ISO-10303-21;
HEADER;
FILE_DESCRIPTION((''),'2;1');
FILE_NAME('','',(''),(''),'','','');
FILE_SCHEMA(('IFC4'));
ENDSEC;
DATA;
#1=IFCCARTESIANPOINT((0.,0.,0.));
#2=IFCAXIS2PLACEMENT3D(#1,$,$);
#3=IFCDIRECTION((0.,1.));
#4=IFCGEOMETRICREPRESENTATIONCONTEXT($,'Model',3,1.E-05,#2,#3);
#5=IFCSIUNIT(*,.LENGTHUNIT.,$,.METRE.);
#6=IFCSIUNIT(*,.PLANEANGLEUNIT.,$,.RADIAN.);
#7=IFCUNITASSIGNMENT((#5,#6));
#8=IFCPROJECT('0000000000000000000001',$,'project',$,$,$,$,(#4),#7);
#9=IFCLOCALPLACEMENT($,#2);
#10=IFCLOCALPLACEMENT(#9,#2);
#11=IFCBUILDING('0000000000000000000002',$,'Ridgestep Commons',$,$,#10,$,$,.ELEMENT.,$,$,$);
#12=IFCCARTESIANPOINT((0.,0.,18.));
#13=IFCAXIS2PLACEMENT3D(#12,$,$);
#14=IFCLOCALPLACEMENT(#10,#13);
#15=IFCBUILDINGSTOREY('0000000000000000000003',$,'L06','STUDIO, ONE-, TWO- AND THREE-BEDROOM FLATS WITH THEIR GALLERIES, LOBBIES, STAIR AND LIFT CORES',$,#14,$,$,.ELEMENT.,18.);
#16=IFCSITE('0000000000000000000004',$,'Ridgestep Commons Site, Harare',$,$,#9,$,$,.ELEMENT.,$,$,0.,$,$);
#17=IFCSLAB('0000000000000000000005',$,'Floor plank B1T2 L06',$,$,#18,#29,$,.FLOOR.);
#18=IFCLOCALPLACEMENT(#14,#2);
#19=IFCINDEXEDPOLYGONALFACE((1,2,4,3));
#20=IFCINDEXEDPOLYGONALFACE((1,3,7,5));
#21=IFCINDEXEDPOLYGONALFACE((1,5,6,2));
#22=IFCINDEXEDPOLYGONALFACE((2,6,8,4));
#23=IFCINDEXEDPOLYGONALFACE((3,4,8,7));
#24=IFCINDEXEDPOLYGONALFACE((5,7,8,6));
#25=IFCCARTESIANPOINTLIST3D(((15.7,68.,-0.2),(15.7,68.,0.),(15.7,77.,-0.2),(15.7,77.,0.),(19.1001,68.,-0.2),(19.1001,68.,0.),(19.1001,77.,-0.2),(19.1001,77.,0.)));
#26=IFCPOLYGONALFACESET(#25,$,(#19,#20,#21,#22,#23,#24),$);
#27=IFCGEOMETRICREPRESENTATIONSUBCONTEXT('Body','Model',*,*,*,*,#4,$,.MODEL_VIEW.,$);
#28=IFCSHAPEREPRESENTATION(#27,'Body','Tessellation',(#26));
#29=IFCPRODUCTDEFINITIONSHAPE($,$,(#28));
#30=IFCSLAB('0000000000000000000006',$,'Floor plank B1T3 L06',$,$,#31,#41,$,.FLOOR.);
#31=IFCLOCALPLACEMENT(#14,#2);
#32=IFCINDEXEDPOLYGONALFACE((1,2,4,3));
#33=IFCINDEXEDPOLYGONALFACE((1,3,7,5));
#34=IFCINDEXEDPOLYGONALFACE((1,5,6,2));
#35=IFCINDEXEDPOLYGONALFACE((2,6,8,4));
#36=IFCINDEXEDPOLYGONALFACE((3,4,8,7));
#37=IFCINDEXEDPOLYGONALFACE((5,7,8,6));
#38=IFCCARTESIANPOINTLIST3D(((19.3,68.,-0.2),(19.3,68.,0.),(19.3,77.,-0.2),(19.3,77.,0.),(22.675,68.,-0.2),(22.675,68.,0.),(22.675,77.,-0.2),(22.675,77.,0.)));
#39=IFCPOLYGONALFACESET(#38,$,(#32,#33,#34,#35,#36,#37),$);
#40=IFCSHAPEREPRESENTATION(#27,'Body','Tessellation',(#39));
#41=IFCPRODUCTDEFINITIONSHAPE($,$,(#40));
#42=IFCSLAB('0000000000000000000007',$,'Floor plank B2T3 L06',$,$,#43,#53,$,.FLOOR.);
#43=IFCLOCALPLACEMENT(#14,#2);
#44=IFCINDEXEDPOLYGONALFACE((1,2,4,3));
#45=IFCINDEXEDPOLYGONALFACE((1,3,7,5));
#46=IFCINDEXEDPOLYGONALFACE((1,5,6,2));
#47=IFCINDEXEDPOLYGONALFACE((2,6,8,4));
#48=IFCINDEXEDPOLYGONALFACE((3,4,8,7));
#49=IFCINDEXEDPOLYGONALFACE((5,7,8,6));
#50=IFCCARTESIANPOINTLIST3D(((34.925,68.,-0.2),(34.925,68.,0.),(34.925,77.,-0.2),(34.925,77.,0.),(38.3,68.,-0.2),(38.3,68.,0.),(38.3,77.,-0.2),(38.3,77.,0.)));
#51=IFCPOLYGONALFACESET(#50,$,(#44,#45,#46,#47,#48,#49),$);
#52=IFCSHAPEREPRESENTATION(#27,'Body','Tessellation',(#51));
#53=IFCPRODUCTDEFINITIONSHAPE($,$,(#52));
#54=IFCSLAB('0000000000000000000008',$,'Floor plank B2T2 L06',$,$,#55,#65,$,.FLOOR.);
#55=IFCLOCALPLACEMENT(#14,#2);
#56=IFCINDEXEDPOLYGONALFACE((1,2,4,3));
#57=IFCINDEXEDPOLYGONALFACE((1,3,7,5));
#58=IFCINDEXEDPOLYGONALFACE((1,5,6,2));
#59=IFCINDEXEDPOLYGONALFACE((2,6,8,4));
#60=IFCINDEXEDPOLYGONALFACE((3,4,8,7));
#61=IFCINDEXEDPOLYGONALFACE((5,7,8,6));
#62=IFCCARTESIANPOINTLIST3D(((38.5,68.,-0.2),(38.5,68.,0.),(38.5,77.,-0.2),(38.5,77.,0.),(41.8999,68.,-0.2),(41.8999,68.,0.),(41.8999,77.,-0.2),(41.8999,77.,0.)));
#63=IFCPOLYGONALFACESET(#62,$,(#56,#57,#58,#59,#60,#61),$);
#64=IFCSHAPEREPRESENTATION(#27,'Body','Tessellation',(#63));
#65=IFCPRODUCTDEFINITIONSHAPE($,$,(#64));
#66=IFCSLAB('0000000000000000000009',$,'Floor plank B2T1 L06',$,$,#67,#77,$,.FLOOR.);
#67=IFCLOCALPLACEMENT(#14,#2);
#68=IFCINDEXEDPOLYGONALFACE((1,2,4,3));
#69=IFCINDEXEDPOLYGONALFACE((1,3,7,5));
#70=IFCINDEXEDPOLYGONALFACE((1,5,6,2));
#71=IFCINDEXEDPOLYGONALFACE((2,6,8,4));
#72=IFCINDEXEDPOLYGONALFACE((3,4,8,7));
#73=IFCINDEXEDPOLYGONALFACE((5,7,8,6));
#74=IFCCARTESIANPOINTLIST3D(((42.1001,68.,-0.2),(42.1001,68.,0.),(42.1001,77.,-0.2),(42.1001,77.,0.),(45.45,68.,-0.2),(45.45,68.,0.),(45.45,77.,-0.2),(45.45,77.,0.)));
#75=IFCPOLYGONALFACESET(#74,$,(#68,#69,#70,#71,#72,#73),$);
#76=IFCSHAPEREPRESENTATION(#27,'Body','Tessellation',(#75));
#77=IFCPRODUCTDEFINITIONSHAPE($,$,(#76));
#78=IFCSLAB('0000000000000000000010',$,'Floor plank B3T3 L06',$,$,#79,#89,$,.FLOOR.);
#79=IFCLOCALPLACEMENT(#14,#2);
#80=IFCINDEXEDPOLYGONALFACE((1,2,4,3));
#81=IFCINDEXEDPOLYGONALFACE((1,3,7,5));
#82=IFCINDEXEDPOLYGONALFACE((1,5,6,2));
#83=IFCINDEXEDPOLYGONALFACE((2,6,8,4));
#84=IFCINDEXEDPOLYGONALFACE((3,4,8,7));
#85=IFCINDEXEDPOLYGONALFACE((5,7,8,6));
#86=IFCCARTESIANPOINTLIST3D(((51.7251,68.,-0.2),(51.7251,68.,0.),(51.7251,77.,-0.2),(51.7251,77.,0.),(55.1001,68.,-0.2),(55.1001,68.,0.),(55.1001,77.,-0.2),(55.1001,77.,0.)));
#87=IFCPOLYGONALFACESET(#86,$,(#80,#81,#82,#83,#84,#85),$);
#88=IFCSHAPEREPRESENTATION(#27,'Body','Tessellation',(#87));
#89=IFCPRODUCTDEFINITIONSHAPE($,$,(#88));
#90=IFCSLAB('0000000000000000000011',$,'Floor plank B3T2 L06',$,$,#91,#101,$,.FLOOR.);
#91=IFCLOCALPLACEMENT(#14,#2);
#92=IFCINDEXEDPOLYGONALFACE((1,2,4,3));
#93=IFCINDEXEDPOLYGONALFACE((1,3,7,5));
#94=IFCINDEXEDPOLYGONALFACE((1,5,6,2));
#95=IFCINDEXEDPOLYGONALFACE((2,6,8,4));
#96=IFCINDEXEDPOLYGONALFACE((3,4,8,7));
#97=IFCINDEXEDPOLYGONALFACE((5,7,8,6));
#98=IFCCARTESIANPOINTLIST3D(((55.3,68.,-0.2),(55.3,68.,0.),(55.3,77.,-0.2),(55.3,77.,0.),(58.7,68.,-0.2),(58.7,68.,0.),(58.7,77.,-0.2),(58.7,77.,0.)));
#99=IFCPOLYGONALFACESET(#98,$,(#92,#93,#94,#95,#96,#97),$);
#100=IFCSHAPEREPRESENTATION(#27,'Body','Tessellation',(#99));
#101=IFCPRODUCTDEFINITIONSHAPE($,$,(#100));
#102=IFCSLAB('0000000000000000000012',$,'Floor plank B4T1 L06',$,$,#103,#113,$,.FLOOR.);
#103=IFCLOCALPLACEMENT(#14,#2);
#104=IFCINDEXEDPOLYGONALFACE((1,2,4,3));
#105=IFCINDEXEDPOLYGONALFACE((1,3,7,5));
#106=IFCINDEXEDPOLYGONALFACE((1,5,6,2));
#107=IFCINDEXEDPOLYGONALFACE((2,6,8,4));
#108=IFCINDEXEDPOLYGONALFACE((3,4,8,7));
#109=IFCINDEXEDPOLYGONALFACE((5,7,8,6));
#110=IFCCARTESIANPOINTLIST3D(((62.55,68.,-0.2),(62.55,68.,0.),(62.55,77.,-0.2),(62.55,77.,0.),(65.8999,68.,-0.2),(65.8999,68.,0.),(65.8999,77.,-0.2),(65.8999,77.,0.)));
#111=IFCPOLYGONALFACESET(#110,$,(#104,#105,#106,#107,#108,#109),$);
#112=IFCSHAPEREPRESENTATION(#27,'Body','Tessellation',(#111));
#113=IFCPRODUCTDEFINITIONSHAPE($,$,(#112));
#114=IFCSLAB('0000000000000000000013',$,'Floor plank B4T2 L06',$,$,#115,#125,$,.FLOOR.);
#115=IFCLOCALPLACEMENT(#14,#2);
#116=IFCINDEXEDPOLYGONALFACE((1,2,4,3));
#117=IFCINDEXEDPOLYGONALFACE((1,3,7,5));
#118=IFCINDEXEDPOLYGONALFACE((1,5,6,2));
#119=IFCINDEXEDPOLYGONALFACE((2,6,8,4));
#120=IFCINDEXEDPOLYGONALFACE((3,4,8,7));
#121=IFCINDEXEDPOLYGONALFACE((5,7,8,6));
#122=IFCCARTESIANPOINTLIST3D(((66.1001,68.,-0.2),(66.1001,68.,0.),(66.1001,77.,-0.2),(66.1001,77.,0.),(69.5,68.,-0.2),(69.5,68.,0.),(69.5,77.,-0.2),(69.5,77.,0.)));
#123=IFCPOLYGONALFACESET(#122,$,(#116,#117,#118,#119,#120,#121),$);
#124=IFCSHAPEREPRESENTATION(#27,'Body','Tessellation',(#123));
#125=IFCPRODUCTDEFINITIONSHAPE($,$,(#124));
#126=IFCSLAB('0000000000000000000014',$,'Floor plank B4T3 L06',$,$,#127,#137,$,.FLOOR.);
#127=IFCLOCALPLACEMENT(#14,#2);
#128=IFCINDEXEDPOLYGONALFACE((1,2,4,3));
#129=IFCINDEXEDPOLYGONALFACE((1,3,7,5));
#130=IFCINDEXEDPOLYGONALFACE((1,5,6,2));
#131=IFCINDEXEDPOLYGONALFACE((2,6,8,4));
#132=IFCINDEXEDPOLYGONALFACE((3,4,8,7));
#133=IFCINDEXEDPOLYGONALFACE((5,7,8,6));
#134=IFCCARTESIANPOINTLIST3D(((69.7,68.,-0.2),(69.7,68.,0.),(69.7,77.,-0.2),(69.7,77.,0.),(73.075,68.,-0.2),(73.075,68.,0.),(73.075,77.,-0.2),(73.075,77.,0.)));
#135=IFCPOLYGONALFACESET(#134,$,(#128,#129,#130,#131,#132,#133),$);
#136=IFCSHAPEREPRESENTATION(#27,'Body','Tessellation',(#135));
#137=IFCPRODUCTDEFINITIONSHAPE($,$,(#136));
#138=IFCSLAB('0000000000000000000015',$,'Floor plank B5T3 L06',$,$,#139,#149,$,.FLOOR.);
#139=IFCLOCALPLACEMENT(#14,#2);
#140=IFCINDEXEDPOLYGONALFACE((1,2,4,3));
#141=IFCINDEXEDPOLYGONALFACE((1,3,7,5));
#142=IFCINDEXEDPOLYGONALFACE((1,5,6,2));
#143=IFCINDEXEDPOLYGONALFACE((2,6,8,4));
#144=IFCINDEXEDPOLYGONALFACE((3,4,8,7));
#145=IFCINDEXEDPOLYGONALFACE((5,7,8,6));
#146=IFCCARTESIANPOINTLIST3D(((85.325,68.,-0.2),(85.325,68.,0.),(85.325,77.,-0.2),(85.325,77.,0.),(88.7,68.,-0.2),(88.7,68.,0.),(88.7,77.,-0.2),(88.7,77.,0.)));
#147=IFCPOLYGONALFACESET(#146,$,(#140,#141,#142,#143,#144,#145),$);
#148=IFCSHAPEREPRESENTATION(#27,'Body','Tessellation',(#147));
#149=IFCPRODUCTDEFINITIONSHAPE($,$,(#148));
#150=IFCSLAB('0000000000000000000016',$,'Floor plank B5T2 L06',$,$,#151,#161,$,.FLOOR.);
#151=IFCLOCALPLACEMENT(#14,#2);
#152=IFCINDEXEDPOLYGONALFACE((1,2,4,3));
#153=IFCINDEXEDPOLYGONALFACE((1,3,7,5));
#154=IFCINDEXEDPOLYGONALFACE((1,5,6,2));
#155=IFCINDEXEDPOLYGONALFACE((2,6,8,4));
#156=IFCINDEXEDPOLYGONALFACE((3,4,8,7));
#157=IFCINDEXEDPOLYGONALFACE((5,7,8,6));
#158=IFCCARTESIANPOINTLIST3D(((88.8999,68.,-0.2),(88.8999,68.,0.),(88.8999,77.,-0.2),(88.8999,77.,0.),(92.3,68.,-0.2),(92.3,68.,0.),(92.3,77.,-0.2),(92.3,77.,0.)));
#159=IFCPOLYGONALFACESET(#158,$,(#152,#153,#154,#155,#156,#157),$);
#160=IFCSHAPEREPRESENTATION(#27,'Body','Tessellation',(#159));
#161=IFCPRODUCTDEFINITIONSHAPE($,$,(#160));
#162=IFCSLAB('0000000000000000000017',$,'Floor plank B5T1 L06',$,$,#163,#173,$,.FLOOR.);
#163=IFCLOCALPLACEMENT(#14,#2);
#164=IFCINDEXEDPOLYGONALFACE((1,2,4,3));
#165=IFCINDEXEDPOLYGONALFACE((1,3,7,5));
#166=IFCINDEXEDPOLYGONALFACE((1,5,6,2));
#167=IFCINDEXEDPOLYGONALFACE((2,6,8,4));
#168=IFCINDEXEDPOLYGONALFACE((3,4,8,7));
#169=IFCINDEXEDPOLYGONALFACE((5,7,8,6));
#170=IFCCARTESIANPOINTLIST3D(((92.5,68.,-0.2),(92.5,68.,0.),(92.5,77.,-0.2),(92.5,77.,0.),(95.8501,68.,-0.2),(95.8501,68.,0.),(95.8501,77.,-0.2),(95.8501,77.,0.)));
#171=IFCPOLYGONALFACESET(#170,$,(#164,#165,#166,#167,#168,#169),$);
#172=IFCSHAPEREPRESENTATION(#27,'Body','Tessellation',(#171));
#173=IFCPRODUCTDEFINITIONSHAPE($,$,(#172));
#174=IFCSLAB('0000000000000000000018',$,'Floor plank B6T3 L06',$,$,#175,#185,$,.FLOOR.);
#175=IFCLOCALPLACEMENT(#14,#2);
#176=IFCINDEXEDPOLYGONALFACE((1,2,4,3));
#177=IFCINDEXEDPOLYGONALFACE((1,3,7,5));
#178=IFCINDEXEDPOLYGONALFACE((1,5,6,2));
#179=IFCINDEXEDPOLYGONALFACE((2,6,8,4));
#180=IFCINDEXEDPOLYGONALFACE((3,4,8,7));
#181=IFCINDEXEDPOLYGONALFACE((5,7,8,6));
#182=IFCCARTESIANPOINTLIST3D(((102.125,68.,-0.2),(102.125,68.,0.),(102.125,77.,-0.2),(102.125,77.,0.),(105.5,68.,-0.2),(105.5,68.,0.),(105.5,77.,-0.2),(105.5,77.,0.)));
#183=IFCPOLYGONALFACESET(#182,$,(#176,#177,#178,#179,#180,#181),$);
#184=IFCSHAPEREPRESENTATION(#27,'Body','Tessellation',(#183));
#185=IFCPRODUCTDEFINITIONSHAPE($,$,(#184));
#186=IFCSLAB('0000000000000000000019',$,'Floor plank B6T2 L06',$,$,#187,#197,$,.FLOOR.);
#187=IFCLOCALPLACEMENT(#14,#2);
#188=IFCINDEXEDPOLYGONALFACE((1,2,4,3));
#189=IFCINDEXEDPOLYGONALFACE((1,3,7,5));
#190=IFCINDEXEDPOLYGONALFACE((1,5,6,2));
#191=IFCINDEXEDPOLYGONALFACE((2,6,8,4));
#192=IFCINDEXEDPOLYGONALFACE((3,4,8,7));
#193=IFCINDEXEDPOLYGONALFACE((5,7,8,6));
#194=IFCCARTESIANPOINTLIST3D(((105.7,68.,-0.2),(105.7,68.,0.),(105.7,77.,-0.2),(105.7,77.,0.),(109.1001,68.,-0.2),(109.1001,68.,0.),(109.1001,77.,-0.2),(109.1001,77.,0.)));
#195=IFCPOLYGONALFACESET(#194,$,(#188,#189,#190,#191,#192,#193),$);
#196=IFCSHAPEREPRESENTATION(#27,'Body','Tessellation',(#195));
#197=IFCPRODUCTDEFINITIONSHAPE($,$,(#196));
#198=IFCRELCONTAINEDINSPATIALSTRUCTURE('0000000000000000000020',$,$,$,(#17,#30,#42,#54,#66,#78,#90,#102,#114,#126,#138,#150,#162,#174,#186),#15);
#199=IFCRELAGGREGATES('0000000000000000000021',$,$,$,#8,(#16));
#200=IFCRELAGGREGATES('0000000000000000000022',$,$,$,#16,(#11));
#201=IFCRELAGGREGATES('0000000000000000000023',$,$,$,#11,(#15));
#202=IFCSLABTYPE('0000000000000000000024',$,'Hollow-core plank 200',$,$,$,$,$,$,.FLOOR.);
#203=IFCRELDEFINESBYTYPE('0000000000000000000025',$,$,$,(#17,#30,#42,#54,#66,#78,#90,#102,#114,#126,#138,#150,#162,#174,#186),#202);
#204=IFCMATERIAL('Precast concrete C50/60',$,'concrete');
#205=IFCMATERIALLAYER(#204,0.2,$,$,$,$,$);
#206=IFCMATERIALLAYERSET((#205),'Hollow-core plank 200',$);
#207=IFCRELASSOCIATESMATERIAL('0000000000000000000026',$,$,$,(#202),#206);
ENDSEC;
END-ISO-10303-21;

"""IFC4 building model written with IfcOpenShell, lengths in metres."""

from ifc_helpers import new_model, si_unit, direction, frame, origin, place, context, subcontext, project, spatial, polyline, outline, extrude, material, layer, layer_set, type_object, element, save


model = new_model("IFC4")

# Units and contexts
model_context = context("Model", 3, precision=1e-05, world=origin(), true_north=direction((0.0, 1.0)))
body_context = subcontext(model_context, "Body", "Model", "MODEL_VIEW")
ifc_project = project(units=[si_unit("LENGTHUNIT", "METRE"), si_unit("PLANEANGLEUNIT", "RADIAN")], contexts=[model_context])

# Site, building, storey
site_placement = place(None, origin())
site = spatial("IfcSite", under=ifc_project, at=site_placement, Name="Ridgestep Commons Site, Harare", CompositionType="ELEMENT", RefElevation=0.0)
building_placement = place(site_placement, origin())
building = spatial("IfcBuilding", under=site, at=building_placement, Name="Ridgestep Commons", CompositionType="ELEMENT")
storey_placement = place(building_placement, frame((0.0, 0.0, 18.0)))
storey = spatial("IfcBuildingStorey", under=building, at=storey_placement, Name="L06", Description="STUDIO, ONE-, TWO- AND THREE-BEDROOM FLATS WITH THEIR GALLERIES, LOBBIES, STAIR AND LIFT CORES", CompositionType="ELEMENT", Elevation=18.0)

# Slabs
ifc_material_1 = material(Name="Precast concrete C50/60", Category="concrete")
ifc_layer_1 = layer(ifc_material_1, 0.2)
ifc_layer_set_1 = layer_set([ifc_layer_1], Name="Hollow-core plank 200")
slab_type_1 = type_object("IfcSlabType", Name="Hollow-core plank 200", PredefinedType="FLOOR", material=ifc_layer_set_1)
slab_1_placement = place(storey_placement, frame((0.0, 0.0, -0.2)))
element("IfcSlab", 1, at=slab_1_placement, inside=storey, type_object=slab_type_1, Name="Floor plank B1T2 L06", PredefinedType="FLOOR", context=body_context, shape_type="SweptSolid", body=[
    extrude(outline(polyline([(19.1001, 68.0), (19.1001, 77.0), (15.7, 77.0), (15.7, 68.0), (19.1001, 68.0)])), origin(), (0.0, 0.0, 1.0), 0.2),
])
slab_2_placement = place(storey_placement, frame((0.0, 0.0, -0.2)))
element("IfcSlab", 2, at=slab_2_placement, inside=storey, type_object=slab_type_1, Name="Floor plank B1T3 L06", PredefinedType="FLOOR", context=body_context, shape_type="SweptSolid", body=[
    extrude(outline(polyline([(22.675, 68.0), (22.675, 77.0), (19.3, 77.0), (19.3, 68.0), (22.675, 68.0)])), origin(), (0.0, 0.0, 1.0), 0.2),
])
slab_3_placement = place(storey_placement, frame((0.0, 0.0, -0.2)))
element("IfcSlab", 3, at=slab_3_placement, inside=storey, type_object=slab_type_1, Name="Floor plank B2T3 L06", PredefinedType="FLOOR", context=body_context, shape_type="SweptSolid", body=[
    extrude(outline(polyline([(38.3, 68.0), (38.3, 77.0), (34.925, 77.0), (34.925, 68.0), (38.3, 68.0)])), origin(), (0.0, 0.0, 1.0), 0.2),
])
slab_4_placement = place(storey_placement, frame((0.0, 0.0, -0.2)))
element("IfcSlab", 4, at=slab_4_placement, inside=storey, type_object=slab_type_1, Name="Floor plank B2T2 L06", PredefinedType="FLOOR", context=body_context, shape_type="SweptSolid", body=[
    extrude(outline(polyline([(41.8999, 68.0), (41.8999, 77.0), (38.5, 77.0), (38.5, 68.0), (41.8999, 68.0)])), origin(), (0.0, 0.0, 1.0), 0.2),
])
slab_5_placement = place(storey_placement, frame((0.0, 0.0, -0.2)))
element("IfcSlab", 5, at=slab_5_placement, inside=storey, type_object=slab_type_1, Name="Floor plank B2T1 L06", PredefinedType="FLOOR", context=body_context, shape_type="SweptSolid", body=[
    extrude(outline(polyline([(45.45, 68.0), (45.45, 77.0), (42.1001, 77.0), (42.1001, 68.0), (45.45, 68.0)])), origin(), (0.0, 0.0, 1.0), 0.2),
])
slab_6_placement = place(storey_placement, frame((0.0, 0.0, -0.2)))
element("IfcSlab", 6, at=slab_6_placement, inside=storey, type_object=slab_type_1, Name="Floor plank B3T3 L06", PredefinedType="FLOOR", context=body_context, shape_type="SweptSolid", body=[
    extrude(outline(polyline([(55.1001, 68.0), (55.1001, 77.0), (51.7251, 77.0), (51.7251, 68.0), (55.1001, 68.0)])), origin(), (0.0, 0.0, 1.0), 0.2),
])
slab_7_placement = place(storey_placement, frame((0.0, 0.0, -0.2)))
element("IfcSlab", 7, at=slab_7_placement, inside=storey, type_object=slab_type_1, Name="Floor plank B3T2 L06", PredefinedType="FLOOR", context=body_context, shape_type="SweptSolid", body=[
    extrude(outline(polyline([(58.7, 68.0), (58.7, 77.0), (55.3, 77.0), (55.3, 68.0), (58.7, 68.0)])), origin(), (0.0, 0.0, 1.0), 0.2),
])
slab_8_placement = place(storey_placement, frame((0.0, 0.0, -0.2)))
element("IfcSlab", 8, at=slab_8_placement, inside=storey, type_object=slab_type_1, Name="Floor plank B4T1 L06", PredefinedType="FLOOR", context=body_context, shape_type="SweptSolid", body=[
    extrude(outline(polyline([(65.8999, 68.0), (65.8999, 77.0), (62.55, 77.0), (62.55, 68.0), (65.8999, 68.0)])), origin(), (0.0, 0.0, 1.0), 0.2),
])
slab_9_placement = place(storey_placement, frame((0.0, 0.0, -0.2)))
element("IfcSlab", 9, at=slab_9_placement, inside=storey, type_object=slab_type_1, Name="Floor plank B4T2 L06", PredefinedType="FLOOR", context=body_context, shape_type="SweptSolid", body=[
    extrude(outline(polyline([(69.5, 68.0), (69.5, 77.0), (66.1001, 77.0), (66.1001, 68.0), (69.5, 68.0)])), origin(), (0.0, 0.0, 1.0), 0.2),
])
slab_10_placement = place(storey_placement, frame((0.0, 0.0, -0.2)))
element("IfcSlab", 10, at=slab_10_placement, inside=storey, type_object=slab_type_1, Name="Floor plank B4T3 L06", PredefinedType="FLOOR", context=body_context, shape_type="SweptSolid", body=[
    extrude(outline(polyline([(73.075, 68.0), (73.075, 77.0), (69.7, 77.0), (69.7, 68.0), (73.075, 68.0)])), origin(), (0.0, 0.0, 1.0), 0.2),
])
slab_11_placement = place(storey_placement, frame((0.0, 0.0, -0.2)))
element("IfcSlab", 11, at=slab_11_placement, inside=storey, type_object=slab_type_1, Name="Floor plank B5T3 L06", PredefinedType="FLOOR", context=body_context, shape_type="SweptSolid", body=[
    extrude(outline(polyline([(88.7, 68.0), (88.7, 77.0), (85.325, 77.0), (85.325, 68.0), (88.7, 68.0)])), origin(), (0.0, 0.0, 1.0), 0.2),
])
slab_12_placement = place(storey_placement, frame((0.0, 0.0, -0.2)))
element("IfcSlab", 12, at=slab_12_placement, inside=storey, type_object=slab_type_1, Name="Floor plank B5T2 L06", PredefinedType="FLOOR", context=body_context, shape_type="SweptSolid", body=[
    extrude(outline(polyline([(92.3, 68.0), (92.3, 77.0), (88.8999, 77.0), (88.8999, 68.0), (92.3, 68.0)])), origin(), (0.0, 0.0, 1.0), 0.2),
])
slab_13_placement = place(storey_placement, frame((0.0, 0.0, -0.2)))
element("IfcSlab", 13, at=slab_13_placement, inside=storey, type_object=slab_type_1, Name="Floor plank B5T1 L06", PredefinedType="FLOOR", context=body_context, shape_type="SweptSolid", body=[
    extrude(outline(polyline([(95.8501, 68.0), (95.8501, 77.0), (92.5, 77.0), (92.5, 68.0), (95.8501, 68.0)])), origin(), (0.0, 0.0, 1.0), 0.2),
])
slab_14_placement = place(storey_placement, frame((0.0, 0.0, -0.2)))
element("IfcSlab", 14, at=slab_14_placement, inside=storey, type_object=slab_type_1, Name="Floor plank B6T3 L06", PredefinedType="FLOOR", context=body_context, shape_type="SweptSolid", body=[
    extrude(outline(polyline([(105.5, 68.0), (105.5, 77.0), (102.125, 77.0), (102.125, 68.0), (105.5, 68.0)])), origin(), (0.0, 0.0, 1.0), 0.2),
])
slab_15_placement = place(storey_placement, frame((0.0, 0.0, -0.2)))
element("IfcSlab", 15, at=slab_15_placement, inside=storey, type_object=slab_type_1, Name="Floor plank B6T2 L06", PredefinedType="FLOOR", context=body_context, shape_type="SweptSolid", body=[
    extrude(outline(polyline([(109.1001, 68.0), (109.1001, 77.0), (105.7, 77.0), (105.7, 68.0), (109.1001, 68.0)])), origin(), (0.0, 0.0, 1.0), 0.2),
])

save(model, "model.ifc")
